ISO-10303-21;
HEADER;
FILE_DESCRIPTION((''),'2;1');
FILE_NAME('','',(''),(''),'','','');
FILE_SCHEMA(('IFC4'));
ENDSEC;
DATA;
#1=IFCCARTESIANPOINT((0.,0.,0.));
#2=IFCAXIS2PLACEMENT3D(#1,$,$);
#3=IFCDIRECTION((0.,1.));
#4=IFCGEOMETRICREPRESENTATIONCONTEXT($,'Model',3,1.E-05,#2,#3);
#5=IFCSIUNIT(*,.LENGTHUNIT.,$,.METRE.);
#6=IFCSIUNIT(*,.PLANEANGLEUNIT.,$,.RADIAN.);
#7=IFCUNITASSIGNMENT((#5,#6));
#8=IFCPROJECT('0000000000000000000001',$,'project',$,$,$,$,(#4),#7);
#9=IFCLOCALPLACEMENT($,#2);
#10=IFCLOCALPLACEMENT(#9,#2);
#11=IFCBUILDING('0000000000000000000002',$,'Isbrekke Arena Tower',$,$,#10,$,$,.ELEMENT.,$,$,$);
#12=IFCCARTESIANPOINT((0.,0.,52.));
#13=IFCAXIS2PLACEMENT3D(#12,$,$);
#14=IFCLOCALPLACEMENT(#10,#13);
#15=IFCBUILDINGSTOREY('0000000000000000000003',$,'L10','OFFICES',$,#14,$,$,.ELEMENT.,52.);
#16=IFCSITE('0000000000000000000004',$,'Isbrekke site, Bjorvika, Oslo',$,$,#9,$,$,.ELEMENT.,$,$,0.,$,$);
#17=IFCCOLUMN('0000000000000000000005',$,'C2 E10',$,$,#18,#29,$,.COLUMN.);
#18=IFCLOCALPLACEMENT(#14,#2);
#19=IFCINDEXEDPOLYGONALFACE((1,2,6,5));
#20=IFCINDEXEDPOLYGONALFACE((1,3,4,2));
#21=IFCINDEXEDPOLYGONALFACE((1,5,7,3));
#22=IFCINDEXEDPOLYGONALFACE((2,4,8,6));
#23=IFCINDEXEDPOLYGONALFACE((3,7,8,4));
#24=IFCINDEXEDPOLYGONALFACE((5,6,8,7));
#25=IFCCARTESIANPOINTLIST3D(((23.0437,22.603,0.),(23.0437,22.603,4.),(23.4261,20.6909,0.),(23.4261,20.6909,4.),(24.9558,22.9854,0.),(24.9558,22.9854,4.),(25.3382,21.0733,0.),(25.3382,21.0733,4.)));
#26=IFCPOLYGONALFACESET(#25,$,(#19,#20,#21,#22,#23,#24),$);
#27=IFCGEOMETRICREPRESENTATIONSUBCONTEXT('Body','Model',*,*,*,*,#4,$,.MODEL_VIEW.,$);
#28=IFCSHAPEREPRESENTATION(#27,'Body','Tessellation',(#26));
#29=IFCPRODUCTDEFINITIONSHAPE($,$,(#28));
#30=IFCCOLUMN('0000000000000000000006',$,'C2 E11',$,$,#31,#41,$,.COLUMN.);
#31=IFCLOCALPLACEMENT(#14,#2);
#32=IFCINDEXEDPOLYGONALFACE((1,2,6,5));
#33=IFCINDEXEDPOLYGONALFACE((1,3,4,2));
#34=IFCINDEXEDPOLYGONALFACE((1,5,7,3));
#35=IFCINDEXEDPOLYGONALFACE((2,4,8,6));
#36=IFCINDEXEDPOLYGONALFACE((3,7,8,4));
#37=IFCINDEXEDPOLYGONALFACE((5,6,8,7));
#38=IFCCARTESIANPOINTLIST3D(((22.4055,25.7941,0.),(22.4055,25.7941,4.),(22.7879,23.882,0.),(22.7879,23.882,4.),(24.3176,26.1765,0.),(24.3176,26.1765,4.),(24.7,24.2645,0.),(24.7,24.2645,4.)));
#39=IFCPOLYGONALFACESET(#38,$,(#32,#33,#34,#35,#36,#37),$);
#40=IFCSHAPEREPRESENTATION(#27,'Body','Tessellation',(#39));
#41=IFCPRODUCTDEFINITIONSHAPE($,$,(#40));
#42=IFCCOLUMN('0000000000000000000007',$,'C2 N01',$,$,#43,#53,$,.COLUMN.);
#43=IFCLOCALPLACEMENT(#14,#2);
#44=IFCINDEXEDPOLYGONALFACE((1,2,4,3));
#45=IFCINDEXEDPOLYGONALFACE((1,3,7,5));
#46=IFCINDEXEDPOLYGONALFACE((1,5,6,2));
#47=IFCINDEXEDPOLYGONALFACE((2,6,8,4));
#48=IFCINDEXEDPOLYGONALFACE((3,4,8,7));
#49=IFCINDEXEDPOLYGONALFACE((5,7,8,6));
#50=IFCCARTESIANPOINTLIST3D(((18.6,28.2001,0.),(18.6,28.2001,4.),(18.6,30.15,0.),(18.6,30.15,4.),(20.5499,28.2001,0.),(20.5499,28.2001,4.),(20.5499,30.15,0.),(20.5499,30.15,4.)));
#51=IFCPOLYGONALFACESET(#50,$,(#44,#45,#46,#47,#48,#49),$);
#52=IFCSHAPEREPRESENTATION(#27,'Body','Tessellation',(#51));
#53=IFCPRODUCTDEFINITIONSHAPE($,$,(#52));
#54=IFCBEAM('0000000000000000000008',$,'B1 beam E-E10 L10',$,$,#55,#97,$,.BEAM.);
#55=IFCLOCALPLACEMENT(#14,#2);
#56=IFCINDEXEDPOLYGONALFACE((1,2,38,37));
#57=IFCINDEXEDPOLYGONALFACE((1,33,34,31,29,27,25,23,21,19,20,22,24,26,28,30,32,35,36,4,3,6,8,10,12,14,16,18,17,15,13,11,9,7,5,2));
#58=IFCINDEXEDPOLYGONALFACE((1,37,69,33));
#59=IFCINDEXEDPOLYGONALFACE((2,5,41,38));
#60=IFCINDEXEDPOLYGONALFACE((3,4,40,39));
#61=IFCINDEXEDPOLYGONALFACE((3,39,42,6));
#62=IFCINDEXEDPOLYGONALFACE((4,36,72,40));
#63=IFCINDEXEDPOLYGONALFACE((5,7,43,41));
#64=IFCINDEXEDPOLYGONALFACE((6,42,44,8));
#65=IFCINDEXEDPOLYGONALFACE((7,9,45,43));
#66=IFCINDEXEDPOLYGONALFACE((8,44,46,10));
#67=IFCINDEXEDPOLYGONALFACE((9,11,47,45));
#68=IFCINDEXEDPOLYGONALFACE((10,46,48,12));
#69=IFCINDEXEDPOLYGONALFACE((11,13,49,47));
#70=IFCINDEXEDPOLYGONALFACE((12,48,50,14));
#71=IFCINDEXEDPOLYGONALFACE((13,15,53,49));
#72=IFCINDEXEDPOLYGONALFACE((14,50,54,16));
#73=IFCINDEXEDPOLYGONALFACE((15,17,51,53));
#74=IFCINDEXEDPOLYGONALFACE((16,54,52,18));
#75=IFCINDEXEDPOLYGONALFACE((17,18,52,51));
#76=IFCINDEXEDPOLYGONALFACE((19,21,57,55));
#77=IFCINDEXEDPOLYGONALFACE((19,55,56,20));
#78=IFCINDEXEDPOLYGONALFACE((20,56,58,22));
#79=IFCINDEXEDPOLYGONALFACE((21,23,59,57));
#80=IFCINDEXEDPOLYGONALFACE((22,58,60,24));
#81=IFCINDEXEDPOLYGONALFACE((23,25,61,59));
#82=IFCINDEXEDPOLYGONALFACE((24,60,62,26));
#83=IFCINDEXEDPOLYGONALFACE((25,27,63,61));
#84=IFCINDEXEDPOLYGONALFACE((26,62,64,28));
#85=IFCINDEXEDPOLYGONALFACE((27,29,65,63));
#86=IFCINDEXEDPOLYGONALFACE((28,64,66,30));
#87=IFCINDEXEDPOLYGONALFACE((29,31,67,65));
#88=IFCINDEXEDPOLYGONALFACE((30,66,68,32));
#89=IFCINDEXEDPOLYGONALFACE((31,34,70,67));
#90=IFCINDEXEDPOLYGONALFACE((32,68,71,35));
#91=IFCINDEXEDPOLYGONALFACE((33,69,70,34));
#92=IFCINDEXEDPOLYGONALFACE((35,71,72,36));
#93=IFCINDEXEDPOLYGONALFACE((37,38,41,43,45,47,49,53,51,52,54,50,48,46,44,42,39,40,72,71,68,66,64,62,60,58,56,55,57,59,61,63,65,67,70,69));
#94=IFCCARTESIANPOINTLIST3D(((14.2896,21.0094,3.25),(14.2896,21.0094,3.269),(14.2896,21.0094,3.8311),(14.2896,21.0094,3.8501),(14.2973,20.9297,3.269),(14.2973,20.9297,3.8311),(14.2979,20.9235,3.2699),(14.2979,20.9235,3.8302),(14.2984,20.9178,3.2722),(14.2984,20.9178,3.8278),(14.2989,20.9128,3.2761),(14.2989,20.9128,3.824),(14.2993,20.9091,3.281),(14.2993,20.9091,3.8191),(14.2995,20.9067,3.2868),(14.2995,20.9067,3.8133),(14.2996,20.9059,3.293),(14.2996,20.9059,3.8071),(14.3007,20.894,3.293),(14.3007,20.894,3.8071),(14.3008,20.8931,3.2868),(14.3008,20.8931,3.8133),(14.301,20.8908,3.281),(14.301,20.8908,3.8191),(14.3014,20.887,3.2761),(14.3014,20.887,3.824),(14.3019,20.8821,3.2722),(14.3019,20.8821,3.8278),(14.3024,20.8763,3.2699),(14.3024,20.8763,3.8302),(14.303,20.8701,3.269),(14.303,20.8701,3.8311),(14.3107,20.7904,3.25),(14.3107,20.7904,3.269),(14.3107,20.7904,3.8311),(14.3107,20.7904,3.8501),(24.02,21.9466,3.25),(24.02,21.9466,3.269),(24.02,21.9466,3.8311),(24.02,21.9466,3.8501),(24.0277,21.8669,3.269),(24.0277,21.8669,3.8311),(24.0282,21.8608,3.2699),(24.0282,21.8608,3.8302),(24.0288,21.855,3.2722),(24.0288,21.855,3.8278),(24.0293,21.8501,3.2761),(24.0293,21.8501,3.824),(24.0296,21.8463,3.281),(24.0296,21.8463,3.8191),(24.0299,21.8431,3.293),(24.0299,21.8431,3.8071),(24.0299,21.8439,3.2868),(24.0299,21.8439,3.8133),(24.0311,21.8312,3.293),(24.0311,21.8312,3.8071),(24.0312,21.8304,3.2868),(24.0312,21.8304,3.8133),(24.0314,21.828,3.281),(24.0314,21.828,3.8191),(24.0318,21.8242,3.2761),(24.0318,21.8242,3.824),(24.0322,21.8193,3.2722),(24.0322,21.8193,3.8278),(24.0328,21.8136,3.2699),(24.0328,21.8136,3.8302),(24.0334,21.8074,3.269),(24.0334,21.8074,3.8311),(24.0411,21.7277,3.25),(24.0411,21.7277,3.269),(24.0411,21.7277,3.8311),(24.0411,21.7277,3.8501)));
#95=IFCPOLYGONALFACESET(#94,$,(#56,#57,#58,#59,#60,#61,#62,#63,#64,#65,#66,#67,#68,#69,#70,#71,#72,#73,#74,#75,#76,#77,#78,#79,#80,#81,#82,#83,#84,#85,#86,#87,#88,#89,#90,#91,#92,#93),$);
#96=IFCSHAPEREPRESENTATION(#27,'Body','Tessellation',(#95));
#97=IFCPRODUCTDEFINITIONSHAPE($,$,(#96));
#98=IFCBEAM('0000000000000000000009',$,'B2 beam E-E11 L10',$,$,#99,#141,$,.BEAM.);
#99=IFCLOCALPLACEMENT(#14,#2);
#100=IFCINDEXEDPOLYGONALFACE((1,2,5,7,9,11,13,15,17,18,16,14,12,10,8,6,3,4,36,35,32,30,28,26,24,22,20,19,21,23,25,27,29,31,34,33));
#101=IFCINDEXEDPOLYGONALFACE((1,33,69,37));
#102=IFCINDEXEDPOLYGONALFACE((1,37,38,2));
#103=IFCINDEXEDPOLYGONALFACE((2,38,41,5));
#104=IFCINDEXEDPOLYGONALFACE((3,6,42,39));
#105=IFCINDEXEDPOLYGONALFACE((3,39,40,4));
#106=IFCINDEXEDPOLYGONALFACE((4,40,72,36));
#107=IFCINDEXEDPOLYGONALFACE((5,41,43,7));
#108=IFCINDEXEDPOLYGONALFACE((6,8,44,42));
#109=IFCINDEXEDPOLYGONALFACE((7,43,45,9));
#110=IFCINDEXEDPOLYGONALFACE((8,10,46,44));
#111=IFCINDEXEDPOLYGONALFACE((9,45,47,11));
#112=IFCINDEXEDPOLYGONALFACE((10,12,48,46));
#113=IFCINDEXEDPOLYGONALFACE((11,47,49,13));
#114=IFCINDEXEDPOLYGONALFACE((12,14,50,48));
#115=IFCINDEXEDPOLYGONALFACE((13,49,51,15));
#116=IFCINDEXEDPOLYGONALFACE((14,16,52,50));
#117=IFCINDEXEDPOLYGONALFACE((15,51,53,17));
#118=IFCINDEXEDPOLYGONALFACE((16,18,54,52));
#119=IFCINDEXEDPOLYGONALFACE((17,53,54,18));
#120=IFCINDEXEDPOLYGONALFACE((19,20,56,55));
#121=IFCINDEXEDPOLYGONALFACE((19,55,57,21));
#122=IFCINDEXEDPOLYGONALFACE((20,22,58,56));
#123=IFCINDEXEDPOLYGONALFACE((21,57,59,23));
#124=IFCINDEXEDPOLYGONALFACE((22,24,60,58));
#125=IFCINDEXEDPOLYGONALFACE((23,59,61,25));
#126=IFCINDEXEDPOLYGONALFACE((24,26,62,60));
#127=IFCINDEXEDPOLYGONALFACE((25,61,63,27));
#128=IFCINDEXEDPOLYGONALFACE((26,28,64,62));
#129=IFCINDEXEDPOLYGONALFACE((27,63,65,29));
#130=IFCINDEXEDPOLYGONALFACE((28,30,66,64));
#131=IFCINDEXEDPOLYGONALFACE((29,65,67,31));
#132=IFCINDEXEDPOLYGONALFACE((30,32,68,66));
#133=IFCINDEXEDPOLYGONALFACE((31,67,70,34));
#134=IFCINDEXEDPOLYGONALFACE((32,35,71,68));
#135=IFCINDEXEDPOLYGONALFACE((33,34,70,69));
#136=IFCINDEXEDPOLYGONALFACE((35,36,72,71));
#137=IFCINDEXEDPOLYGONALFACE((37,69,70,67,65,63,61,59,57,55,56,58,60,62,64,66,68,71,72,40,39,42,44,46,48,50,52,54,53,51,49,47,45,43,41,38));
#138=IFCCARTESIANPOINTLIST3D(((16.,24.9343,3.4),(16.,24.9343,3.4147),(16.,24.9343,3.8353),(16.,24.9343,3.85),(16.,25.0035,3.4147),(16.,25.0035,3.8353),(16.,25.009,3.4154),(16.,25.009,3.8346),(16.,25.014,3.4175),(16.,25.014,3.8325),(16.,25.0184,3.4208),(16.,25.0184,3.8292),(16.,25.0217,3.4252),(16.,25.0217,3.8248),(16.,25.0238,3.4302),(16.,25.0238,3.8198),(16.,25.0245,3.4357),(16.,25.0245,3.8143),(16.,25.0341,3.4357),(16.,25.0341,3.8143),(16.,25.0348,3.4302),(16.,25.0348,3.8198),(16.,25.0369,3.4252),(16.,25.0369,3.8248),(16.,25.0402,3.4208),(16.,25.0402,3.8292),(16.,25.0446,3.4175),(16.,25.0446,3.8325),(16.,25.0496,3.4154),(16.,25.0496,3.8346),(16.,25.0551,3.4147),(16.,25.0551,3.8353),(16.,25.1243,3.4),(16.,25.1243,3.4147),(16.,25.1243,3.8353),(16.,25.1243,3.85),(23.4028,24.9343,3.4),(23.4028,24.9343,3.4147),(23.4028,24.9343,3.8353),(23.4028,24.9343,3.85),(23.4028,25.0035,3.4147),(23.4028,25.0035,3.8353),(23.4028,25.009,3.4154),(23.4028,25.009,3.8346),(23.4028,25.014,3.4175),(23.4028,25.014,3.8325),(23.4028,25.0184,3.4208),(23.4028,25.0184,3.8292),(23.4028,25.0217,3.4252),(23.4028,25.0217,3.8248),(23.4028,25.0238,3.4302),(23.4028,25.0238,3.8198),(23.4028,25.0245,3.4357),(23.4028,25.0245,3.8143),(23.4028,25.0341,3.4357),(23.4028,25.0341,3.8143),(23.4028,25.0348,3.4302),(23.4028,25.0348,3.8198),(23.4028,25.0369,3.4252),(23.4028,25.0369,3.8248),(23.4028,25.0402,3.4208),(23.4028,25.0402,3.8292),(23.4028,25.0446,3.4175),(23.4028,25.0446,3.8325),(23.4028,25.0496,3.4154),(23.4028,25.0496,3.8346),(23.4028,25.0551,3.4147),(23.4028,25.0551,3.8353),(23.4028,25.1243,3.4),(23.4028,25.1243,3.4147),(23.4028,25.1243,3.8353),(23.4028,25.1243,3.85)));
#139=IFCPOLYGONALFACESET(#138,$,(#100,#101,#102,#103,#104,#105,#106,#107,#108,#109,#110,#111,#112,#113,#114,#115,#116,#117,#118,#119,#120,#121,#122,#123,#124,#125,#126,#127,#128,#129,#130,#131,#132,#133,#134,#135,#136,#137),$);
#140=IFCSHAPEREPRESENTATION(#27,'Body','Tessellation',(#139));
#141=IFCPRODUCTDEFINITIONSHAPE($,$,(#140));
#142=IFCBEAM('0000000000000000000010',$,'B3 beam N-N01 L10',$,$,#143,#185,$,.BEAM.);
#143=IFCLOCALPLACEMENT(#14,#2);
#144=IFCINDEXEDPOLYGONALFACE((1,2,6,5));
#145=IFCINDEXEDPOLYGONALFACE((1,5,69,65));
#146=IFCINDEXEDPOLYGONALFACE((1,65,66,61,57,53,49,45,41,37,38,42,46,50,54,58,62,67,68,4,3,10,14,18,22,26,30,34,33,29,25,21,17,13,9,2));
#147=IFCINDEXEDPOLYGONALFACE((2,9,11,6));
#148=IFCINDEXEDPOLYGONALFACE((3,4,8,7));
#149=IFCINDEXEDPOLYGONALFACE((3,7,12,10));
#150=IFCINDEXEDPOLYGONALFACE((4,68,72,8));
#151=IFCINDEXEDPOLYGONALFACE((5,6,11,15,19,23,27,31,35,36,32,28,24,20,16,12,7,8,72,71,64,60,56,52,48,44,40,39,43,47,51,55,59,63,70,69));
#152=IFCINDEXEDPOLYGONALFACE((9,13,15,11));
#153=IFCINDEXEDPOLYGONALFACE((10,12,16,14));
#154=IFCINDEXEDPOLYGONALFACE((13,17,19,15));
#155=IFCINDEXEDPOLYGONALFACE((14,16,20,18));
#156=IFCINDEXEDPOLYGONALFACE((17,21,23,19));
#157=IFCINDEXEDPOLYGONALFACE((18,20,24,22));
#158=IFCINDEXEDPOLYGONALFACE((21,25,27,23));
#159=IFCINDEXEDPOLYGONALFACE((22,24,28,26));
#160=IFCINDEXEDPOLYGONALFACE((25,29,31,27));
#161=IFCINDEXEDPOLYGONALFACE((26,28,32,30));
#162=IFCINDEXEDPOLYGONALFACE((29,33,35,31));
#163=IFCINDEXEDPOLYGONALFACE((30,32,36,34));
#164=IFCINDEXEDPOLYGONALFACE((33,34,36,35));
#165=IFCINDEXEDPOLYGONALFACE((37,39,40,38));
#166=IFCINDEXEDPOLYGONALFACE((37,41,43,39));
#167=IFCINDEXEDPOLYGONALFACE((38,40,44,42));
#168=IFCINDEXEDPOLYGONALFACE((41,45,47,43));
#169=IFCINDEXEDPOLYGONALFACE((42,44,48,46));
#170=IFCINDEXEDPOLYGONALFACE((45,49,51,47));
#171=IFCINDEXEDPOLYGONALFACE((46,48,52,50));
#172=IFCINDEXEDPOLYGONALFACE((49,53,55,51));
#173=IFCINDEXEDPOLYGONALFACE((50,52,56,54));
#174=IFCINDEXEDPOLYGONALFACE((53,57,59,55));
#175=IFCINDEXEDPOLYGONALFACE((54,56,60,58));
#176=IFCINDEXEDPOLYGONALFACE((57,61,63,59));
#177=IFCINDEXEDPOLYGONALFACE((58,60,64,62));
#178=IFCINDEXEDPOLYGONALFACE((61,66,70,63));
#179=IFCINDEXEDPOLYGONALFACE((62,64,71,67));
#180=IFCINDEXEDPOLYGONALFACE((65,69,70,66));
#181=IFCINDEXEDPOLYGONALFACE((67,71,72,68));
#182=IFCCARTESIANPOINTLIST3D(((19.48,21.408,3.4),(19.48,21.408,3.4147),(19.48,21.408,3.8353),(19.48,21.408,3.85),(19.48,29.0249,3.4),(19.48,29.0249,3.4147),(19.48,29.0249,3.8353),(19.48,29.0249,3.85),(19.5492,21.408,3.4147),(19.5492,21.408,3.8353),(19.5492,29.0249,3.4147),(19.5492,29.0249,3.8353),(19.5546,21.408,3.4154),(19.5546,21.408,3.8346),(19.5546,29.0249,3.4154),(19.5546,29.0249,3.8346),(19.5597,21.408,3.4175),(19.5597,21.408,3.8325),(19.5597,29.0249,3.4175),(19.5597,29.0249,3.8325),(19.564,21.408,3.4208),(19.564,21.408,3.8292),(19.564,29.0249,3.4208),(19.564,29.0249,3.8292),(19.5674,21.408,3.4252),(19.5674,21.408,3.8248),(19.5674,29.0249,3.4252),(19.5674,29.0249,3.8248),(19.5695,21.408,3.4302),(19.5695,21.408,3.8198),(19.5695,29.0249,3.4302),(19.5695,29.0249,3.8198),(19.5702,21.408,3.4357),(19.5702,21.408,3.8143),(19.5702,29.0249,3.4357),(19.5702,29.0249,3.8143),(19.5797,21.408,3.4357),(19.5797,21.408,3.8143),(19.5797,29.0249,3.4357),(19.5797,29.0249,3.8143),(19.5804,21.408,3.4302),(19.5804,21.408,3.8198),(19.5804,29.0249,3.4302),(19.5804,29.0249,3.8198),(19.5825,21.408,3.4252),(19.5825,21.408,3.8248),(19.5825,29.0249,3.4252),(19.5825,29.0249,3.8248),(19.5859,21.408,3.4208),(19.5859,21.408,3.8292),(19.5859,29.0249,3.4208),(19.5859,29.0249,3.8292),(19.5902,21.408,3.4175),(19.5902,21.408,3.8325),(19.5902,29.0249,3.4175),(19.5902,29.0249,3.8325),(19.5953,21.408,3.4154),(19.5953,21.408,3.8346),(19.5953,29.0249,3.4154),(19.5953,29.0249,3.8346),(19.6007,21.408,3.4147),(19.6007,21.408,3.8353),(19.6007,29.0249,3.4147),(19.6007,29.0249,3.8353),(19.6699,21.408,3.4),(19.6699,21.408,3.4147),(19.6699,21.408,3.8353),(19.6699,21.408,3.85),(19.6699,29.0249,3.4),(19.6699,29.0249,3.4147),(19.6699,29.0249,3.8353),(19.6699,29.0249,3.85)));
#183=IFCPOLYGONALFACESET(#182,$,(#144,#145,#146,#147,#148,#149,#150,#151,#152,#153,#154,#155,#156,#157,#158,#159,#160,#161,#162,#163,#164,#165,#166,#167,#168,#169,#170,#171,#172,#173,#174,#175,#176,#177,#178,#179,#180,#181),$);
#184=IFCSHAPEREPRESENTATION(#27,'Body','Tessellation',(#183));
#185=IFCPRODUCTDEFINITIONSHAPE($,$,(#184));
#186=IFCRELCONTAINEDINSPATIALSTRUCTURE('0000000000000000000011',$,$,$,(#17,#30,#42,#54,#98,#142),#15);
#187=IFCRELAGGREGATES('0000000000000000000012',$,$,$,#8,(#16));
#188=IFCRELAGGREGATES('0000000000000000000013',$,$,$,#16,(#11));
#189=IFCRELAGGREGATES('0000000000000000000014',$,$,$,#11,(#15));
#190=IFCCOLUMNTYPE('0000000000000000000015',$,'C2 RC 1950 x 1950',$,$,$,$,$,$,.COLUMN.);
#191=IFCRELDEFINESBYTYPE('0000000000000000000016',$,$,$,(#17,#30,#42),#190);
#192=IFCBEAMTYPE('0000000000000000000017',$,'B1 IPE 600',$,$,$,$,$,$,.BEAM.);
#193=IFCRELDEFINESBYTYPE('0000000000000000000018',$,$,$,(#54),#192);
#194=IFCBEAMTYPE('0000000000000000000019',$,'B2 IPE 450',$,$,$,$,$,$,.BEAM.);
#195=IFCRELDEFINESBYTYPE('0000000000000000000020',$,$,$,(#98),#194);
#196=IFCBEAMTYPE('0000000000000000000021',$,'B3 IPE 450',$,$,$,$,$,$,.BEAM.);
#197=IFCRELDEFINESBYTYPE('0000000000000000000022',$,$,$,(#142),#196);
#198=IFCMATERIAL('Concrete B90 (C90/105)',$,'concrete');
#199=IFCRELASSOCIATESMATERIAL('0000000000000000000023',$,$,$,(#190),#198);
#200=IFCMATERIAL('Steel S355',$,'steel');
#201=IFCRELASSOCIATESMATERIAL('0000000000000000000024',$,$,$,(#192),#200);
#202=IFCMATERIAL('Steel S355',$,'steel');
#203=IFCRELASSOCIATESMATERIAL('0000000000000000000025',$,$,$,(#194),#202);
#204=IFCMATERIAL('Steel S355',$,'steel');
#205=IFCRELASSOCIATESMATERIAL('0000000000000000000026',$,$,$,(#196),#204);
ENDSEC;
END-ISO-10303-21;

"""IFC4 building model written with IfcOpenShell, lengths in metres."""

from ifc_helpers import new_model, si_unit, direction, frame, origin, origin_2d, place, context, subcontext, project, spatial, rectangle, i_section, extrude, material, material_profile, profile_set, type_object, element, save


model = new_model("IFC4")

# Units and contexts
model_context = context("Model", 3, precision=1e-05, world=origin(), true_north=direction((0.0, 1.0)))
body_context = subcontext(model_context, "Body", "Model", "MODEL_VIEW")
ifc_project = project(units=[si_unit("LENGTHUNIT", "METRE"), si_unit("PLANEANGLEUNIT", "RADIAN")], contexts=[model_context])

# Site, building, storey
site_placement = place(None, origin())
site = spatial("IfcSite", under=ifc_project, at=site_placement, Name="Isbrekke site, Bjorvika, Oslo", CompositionType="ELEMENT", RefElevation=0.0)
building_placement = place(site_placement, origin())
building = spatial("IfcBuilding", under=site, at=building_placement, Name="Isbrekke Arena Tower", CompositionType="ELEMENT")
storey_placement = place(building_placement, frame((0.0, 0.0, 52.0)))
storey = spatial("IfcBuildingStorey", under=building, at=storey_placement, Name="L10", Description="OFFICES", CompositionType="ELEMENT", Elevation=52.0)

# Columns
ifc_material_1 = material(Name="Concrete B90 (C90/105)", Category="concrete")
ifc_material_profile_1 = material_profile(ifc_material_1, rectangle(XDim=1.95, YDim=1.95, at=origin_2d()), Name="RC 1950x1950")
ifc_profile_set_1 = profile_set([ifc_material_profile_1], Name="Concrete B90 (C90/105)")
column_type = type_object("IfcColumnType", Name="C2 RC 1950 x 1950", PredefinedType="COLUMN", material=ifc_profile_set_1)
for number, where, z_axis, x_axis, name in (
    (1, (24.1909, 21.8381, 0.0), (0.0, 0.0, 1.0), (-0.196116, 0.980581, 0.0), "C2 E10"),
    (2, (23.5527, 25.0293, 0.0), (0.0, 0.0, 1.0), (-0.196116, 0.980581, 0.0), "C2 E11"),
    (3, (19.575, 29.175, 0.0), (0.0, 0.0, 1.0), (-1.0, 0.0, 0.0), "C2 N01"),
):
    element("IfcColumn", number, at=place(storey_placement, frame(where, z_axis=z_axis, x_axis=x_axis)), inside=storey, type_object=column_type, Name=name, PredefinedType="COLUMN", context=body_context, shape_type="SweptSolid", body=[
        extrude(rectangle(XDim=1.95, YDim=1.95, at=origin_2d()), origin(), (0.0, 0.0, 1.0), 4.0),
    ])

# Beams
ifc_material_2 = material(Name="Steel S355", Category="steel")
ifc_material_profile_2 = material_profile(ifc_material_2, i_section(OverallWidth=0.22, OverallDepth=0.6001, WebThickness=0.012, FlangeThickness=0.019, FilletRadius=0.0239, at=origin_2d()), Name="IPE 600")
ifc_profile_set_2 = profile_set([ifc_material_profile_2], Name="Steel S355")
beam_type_1 = type_object("IfcBeamType", Name="B1 IPE 600", PredefinedType="BEAM", material=ifc_profile_set_2)
beam_1_placement = place(storey_placement, frame((24.0305, 21.8372, 3.55), z_axis=(-0.995393, -0.095878, 0.0), x_axis=(0.095878, -0.995393, 0.0)))
element("IfcBeam", 4, at=beam_1_placement, inside=storey, type_object=beam_type_1, Name="B1 beam E-E10 L10", PredefinedType="BEAM", context=body_context, shape_type="SweptSolid", body=[
    extrude(i_section(OverallWidth=0.22, OverallDepth=0.6001, WebThickness=0.012, FlangeThickness=0.019, FilletRadius=0.0239, at=origin_2d()), origin(), (0.0, 0.0, 1.0), 9.7754),
])
ifc_material_3 = material(Name="Steel S355", Category="steel")
ifc_material_profile_3 = material_profile(ifc_material_3, i_section(OverallWidth=0.1899, OverallDepth=0.45, WebThickness=0.0095, FlangeThickness=0.0146, FilletRadius=0.021, at=origin_2d()), Name="IPE 450")
ifc_profile_set_3 = profile_set([ifc_material_profile_3], Name="Steel S355")
beam_type_2 = type_object("IfcBeamType", Name="B2 IPE 450", PredefinedType="BEAM", material=ifc_profile_set_3)
beam_2_placement = place(storey_placement, frame((23.4028, 25.0293, 3.625), z_axis=(-1.0, 0.0, 0.0), x_axis=(0.0, -1.0, 0.0)))
element("IfcBeam", 5, at=beam_2_placement, inside=storey, type_object=beam_type_2, Name="B2 beam E-E11 L10", PredefinedType="BEAM", context=body_context, shape_type="SweptSolid", body=[
    extrude(i_section(OverallWidth=0.1899, OverallDepth=0.45, WebThickness=0.0095, FlangeThickness=0.0146, FilletRadius=0.021, at=origin_2d()), origin(), (0.0, 0.0, 1.0), 7.4028),
])
ifc_material_4 = material(Name="Steel S355", Category="steel")
ifc_material_profile_4 = material_profile(ifc_material_4, i_section(OverallWidth=0.1899, OverallDepth=0.45, WebThickness=0.0095, FlangeThickness=0.0146, FilletRadius=0.021, at=origin_2d()), Name="IPE 450")
ifc_profile_set_4 = profile_set([ifc_material_profile_4], Name="Steel S355")
beam_type_3 = type_object("IfcBeamType", Name="B3 IPE 450", PredefinedType="BEAM", material=ifc_profile_set_4)
beam_3_placement = place(storey_placement, frame((19.575, 29.0249, 3.625), z_axis=(0.0, -1.0, 0.0), x_axis=(1.0, 0.0, 0.0)))
element("IfcBeam", 6, at=beam_3_placement, inside=storey, type_object=beam_type_3, Name="B3 beam N-N01 L10", PredefinedType="BEAM", context=body_context, shape_type="SweptSolid", body=[
    extrude(i_section(OverallWidth=0.1899, OverallDepth=0.45, WebThickness=0.0095, FlangeThickness=0.0146, FilletRadius=0.021, at=origin_2d()), origin(), (0.0, 0.0, 1.0), 7.6169),
])

save(model, "model.ifc")
